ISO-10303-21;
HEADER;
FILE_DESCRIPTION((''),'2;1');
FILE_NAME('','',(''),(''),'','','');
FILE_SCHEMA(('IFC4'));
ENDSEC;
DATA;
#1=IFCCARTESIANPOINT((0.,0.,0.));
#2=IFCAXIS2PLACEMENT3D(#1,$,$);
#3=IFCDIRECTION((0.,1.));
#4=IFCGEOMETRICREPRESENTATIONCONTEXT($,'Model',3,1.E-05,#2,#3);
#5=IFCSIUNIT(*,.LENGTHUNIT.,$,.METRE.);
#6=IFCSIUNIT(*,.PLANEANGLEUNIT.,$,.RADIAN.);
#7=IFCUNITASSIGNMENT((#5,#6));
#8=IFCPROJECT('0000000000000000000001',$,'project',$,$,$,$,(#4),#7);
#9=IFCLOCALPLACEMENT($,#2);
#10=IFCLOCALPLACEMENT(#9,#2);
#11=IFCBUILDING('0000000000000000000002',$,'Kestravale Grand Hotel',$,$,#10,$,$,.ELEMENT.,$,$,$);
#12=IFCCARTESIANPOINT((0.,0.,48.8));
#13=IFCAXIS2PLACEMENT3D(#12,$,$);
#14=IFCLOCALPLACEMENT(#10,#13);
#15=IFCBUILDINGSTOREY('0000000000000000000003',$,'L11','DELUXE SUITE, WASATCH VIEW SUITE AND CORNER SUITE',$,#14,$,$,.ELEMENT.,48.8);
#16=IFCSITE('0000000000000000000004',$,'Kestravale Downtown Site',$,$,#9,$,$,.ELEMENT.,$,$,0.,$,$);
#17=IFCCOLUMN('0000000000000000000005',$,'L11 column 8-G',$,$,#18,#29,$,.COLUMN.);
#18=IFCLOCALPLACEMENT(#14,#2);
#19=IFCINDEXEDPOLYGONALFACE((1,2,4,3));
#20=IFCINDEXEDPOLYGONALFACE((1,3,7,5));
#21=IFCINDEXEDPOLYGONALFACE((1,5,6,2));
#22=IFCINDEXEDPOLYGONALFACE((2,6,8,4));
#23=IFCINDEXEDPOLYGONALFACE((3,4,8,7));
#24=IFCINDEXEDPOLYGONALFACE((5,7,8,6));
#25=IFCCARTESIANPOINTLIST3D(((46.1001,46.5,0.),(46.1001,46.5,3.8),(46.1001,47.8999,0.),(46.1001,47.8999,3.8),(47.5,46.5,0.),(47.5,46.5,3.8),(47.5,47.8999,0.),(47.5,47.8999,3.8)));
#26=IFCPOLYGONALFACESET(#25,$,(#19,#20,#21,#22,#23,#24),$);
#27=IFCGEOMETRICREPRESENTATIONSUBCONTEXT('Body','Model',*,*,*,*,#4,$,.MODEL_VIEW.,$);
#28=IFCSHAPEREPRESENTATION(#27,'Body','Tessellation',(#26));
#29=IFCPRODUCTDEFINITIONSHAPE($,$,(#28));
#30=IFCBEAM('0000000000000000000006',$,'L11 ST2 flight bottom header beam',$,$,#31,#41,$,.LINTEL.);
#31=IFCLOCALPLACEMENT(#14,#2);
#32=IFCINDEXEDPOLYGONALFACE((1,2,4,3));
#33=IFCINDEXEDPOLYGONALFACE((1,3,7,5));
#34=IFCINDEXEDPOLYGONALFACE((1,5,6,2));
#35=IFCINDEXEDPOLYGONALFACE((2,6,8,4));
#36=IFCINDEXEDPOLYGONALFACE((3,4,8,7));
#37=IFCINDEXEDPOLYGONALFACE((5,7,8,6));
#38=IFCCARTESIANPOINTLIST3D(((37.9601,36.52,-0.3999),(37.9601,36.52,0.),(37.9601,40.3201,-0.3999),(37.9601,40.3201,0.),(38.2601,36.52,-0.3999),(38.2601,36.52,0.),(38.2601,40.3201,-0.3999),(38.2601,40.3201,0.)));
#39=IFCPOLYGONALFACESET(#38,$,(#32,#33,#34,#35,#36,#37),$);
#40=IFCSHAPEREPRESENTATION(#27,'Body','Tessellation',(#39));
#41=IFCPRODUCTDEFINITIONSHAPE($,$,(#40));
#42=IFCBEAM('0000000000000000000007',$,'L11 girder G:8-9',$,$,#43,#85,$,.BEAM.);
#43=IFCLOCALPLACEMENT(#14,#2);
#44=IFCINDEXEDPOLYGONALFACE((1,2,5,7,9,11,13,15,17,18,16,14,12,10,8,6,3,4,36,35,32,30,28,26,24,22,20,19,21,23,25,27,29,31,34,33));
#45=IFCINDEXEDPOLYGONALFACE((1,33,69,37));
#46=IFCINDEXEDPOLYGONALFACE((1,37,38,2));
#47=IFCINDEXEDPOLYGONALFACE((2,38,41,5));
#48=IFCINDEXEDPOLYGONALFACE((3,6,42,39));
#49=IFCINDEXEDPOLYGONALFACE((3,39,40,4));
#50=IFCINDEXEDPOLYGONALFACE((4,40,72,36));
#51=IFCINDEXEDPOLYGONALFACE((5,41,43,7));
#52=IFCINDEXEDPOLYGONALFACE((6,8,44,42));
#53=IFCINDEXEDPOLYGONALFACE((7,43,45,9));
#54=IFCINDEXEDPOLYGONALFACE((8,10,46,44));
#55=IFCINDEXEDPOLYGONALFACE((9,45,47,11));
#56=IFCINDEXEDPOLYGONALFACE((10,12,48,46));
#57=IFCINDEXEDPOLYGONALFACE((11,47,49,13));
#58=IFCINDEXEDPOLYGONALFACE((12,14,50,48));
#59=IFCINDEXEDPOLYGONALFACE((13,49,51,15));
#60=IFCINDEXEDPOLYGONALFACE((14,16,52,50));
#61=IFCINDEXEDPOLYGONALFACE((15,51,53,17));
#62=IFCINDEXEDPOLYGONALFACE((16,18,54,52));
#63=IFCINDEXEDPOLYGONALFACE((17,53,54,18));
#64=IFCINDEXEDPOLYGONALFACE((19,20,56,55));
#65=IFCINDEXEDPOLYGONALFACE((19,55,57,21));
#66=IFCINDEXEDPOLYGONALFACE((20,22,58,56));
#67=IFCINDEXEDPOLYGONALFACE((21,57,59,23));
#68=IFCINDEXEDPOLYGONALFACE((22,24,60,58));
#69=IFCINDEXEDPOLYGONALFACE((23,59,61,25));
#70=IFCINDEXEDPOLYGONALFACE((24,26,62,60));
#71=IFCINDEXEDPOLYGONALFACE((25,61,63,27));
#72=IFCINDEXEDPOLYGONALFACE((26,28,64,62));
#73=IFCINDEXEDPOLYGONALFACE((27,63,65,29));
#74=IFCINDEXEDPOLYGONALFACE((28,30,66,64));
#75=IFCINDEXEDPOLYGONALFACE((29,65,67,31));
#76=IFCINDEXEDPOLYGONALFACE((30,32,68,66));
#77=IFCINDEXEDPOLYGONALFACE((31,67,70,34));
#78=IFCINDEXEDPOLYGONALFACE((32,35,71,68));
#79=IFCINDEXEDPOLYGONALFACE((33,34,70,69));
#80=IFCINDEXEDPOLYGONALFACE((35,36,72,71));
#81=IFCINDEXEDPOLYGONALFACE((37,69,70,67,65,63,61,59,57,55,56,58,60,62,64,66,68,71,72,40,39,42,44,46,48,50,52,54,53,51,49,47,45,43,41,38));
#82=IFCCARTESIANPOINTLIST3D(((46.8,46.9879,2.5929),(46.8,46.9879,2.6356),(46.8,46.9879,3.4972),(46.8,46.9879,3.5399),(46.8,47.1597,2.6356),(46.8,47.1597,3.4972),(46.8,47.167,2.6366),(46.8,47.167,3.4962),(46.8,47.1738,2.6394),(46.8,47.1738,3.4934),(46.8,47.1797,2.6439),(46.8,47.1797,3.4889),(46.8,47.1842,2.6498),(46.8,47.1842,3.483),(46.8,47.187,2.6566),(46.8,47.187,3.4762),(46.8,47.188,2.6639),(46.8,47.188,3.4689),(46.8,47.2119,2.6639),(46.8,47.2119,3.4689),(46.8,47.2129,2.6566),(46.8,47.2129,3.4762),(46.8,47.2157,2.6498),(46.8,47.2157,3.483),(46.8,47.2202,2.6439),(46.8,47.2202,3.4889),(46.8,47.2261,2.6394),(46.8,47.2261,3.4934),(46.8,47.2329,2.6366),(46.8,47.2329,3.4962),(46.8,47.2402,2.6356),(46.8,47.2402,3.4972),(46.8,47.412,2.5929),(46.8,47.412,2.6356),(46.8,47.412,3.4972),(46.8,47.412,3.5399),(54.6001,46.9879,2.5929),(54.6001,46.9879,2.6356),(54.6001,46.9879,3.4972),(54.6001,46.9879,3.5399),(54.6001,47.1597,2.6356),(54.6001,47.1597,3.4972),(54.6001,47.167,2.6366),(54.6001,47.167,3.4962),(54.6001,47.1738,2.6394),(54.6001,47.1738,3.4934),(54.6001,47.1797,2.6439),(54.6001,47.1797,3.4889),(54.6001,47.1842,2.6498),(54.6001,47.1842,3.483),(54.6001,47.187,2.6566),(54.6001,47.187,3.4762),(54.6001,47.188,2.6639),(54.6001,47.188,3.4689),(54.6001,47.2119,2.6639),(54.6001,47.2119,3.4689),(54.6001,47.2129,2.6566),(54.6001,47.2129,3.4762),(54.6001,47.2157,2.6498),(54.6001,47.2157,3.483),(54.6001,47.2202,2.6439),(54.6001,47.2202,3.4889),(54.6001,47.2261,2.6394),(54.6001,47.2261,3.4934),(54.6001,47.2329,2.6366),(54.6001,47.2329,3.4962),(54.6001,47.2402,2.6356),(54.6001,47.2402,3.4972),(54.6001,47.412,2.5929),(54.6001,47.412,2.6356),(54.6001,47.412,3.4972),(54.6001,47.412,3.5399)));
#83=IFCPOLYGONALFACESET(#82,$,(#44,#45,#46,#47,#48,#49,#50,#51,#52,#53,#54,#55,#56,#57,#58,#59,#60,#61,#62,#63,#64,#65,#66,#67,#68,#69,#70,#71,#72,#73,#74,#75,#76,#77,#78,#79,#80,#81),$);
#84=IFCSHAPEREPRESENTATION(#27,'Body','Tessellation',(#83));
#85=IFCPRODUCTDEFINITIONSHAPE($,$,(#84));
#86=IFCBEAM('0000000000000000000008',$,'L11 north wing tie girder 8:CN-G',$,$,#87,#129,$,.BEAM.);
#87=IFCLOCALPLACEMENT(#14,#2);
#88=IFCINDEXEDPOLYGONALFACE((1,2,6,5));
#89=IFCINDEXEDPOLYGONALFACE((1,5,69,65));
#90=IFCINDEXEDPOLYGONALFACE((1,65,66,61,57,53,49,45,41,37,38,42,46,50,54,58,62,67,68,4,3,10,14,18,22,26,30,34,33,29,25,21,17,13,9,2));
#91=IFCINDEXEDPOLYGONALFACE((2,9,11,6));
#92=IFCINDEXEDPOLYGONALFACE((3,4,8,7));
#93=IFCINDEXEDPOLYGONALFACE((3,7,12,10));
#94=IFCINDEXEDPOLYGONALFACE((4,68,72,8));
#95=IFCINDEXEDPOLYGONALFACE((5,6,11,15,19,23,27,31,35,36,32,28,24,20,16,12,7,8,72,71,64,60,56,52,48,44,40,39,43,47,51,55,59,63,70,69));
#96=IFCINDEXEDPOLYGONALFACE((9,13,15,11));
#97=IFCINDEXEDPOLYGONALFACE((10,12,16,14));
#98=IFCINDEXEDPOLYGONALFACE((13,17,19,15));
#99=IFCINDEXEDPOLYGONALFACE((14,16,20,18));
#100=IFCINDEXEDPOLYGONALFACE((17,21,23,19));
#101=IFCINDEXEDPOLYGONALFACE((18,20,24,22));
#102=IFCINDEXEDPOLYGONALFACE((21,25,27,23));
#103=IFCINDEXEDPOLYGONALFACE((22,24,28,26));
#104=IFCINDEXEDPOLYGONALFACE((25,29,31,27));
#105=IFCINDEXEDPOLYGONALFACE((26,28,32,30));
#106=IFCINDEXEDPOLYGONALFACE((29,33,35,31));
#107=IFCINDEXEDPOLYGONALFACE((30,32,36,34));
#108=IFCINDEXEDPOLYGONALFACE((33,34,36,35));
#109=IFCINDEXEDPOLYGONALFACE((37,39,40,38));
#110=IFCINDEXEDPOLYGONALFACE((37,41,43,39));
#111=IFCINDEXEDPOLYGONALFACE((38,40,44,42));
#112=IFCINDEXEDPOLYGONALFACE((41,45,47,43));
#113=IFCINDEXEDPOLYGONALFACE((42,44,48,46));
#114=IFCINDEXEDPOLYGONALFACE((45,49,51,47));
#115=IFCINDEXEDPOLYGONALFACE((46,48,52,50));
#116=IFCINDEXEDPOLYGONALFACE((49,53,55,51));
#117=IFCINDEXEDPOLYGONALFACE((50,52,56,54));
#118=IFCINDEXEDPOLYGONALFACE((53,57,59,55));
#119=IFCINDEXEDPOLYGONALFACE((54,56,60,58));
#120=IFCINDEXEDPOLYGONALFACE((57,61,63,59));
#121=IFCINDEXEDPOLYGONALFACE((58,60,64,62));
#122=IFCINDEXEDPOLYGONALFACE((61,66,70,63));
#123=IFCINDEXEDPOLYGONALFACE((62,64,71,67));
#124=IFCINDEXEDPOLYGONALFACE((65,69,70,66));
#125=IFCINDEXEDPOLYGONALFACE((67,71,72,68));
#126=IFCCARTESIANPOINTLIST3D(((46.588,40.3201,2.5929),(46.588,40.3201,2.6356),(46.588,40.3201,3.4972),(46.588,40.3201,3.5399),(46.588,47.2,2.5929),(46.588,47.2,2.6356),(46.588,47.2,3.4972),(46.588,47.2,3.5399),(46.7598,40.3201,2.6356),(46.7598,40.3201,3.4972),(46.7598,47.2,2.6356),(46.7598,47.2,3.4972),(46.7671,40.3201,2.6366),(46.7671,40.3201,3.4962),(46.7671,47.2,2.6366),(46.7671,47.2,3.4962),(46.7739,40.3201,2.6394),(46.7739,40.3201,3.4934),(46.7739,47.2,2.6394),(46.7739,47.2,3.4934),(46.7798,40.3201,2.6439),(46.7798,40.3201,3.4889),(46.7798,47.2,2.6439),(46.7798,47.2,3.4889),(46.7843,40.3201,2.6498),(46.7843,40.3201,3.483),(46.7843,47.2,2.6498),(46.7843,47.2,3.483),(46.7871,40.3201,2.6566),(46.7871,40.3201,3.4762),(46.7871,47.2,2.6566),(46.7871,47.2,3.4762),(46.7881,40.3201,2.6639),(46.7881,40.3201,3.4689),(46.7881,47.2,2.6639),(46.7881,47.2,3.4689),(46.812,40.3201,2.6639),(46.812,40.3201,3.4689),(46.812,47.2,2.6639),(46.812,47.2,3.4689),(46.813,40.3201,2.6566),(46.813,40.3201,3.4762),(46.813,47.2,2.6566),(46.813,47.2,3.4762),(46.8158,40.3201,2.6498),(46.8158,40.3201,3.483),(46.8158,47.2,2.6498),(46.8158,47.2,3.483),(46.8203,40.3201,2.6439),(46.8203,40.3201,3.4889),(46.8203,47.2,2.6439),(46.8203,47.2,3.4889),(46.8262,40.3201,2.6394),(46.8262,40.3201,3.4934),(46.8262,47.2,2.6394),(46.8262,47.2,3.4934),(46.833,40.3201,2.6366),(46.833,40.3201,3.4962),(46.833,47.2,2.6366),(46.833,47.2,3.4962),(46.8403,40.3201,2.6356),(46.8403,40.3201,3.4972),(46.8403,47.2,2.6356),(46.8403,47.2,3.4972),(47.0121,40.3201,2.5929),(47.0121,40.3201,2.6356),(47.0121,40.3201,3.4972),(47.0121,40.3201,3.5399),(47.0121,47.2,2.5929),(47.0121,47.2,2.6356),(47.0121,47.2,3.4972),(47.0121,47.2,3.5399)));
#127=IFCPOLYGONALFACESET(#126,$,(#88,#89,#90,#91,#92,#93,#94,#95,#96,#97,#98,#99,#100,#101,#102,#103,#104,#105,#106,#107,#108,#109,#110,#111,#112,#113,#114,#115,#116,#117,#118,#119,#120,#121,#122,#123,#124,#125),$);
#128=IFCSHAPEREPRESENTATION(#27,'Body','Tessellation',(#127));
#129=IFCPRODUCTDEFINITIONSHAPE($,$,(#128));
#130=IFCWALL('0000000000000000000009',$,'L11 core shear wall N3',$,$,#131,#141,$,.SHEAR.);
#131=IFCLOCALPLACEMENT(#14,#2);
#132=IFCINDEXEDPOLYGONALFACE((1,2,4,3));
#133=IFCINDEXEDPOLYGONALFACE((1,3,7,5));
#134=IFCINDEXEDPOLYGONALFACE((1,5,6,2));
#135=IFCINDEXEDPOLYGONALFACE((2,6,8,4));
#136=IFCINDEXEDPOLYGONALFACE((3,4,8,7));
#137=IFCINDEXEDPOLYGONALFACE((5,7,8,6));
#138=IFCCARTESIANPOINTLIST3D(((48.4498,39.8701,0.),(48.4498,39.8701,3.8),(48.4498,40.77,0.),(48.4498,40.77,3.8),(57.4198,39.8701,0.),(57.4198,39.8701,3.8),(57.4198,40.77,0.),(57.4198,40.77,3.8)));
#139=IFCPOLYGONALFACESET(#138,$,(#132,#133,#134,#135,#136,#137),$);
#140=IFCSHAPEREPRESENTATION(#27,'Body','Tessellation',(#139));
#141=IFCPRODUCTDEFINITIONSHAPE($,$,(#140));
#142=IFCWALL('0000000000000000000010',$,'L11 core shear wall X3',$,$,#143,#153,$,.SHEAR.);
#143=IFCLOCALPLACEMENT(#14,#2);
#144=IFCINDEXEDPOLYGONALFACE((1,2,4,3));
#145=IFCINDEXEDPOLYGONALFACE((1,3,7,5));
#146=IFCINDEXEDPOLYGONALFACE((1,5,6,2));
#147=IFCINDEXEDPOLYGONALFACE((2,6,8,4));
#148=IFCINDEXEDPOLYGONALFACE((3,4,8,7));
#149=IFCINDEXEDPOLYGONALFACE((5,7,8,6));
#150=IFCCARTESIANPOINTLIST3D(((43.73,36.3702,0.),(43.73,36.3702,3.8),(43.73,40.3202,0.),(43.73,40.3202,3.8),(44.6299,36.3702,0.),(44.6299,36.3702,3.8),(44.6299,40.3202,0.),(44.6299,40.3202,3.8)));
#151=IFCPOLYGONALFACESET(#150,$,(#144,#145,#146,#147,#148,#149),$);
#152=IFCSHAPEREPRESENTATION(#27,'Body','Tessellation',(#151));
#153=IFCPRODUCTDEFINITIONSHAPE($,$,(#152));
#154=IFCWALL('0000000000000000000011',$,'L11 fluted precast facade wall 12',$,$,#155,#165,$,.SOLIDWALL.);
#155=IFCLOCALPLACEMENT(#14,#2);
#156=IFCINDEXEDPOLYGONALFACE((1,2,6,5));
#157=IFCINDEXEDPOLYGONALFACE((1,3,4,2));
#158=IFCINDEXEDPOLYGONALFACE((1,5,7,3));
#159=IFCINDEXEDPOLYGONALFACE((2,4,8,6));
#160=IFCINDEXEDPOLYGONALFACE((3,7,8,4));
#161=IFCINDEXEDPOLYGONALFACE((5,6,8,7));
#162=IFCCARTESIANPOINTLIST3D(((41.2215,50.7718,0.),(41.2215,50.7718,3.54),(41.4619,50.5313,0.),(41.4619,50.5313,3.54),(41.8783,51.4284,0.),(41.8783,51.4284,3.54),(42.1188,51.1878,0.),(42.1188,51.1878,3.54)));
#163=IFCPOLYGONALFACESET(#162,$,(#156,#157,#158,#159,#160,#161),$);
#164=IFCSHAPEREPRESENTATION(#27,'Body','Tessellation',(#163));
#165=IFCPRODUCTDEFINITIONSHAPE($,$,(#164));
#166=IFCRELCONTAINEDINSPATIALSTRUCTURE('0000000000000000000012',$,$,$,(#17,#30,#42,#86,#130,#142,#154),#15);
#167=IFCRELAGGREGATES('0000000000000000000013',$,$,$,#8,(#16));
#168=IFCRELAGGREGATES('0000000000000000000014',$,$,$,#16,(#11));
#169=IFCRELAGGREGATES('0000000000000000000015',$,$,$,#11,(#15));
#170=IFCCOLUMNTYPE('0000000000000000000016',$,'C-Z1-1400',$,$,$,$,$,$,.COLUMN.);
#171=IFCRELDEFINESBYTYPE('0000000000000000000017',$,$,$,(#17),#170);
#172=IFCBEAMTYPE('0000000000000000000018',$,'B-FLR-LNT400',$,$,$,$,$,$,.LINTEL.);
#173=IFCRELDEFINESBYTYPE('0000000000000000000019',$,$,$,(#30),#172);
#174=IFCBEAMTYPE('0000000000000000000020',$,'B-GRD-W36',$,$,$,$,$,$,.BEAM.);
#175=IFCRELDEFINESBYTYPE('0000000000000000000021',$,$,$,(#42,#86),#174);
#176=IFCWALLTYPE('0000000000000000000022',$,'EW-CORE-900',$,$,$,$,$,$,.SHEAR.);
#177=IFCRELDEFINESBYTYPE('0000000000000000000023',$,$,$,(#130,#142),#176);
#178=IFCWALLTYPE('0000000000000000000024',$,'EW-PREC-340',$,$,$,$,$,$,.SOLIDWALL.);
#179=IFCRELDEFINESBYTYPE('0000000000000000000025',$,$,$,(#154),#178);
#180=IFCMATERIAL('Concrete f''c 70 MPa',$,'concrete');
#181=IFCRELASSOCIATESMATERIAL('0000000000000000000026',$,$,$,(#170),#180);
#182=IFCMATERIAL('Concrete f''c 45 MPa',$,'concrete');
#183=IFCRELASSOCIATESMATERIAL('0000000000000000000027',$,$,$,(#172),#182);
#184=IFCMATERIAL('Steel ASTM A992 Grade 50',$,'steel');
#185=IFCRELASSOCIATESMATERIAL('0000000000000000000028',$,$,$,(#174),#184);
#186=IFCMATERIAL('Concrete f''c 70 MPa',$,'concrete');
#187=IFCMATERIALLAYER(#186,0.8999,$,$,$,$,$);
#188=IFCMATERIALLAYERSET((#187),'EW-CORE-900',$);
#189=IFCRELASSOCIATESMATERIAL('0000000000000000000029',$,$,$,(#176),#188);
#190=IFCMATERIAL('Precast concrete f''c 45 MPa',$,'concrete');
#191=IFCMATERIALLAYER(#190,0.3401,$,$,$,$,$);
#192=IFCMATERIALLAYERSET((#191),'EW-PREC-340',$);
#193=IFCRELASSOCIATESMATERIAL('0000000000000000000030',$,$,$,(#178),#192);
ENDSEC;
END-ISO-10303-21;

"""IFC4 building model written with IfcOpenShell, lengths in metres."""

from ifc_helpers import new_model, si_unit, direction, frame, frame_2d, origin, origin_2d, place, context, subcontext, project, spatial, rectangle, i_section, extrude, material, layer, layer_set, material_profile, profile_set, type_object, element, save


model = new_model("IFC4")

# Units and contexts
model_context = context("Model", 3, precision=1e-05, world=origin(), true_north=direction((0.0, 1.0)))
body_context = subcontext(model_context, "Body", "Model", "MODEL_VIEW")
ifc_project = project(units=[si_unit("LENGTHUNIT", "METRE"), si_unit("PLANEANGLEUNIT", "RADIAN")], contexts=[model_context])

# Site, building, storey
site_placement = place(None, origin())
site = spatial("IfcSite", under=ifc_project, at=site_placement, Name="Kestravale Downtown Site", CompositionType="ELEMENT", RefElevation=0.0)
building_placement = place(site_placement, origin())
building = spatial("IfcBuilding", under=site, at=building_placement, Name="Kestravale Grand Hotel", CompositionType="ELEMENT")
storey_placement = place(building_placement, frame((0.0, 0.0, 48.8)))
storey = spatial("IfcBuildingStorey", under=building, at=storey_placement, Name="L11", Description="DELUXE SUITE, WASATCH VIEW SUITE AND CORNER SUITE", CompositionType="ELEMENT", Elevation=48.8)

# Column
ifc_material_1 = material(Name="Concrete f'c 70 MPa", Category="concrete")
ifc_material_profile_1 = material_profile(ifc_material_1, rectangle(XDim=1.3999, YDim=1.3999, at=origin_2d()))
ifc_profile_set_1 = profile_set([ifc_material_profile_1], Name="Concrete f'c 70 MPa")
column_type = type_object("IfcColumnType", Name="C-Z1-1400", PredefinedType="COLUMN", material=ifc_profile_set_1)
column_placement = place(storey_placement, frame((46.8, 47.2, 0.0), z_axis=(0.0, 0.0, 1.0), x_axis=(1.0, 0.0, 0.0)))
element("IfcColumn", 1, at=column_placement, inside=storey, type_object=column_type, Name="L11 column 8-G", PredefinedType="COLUMN", context=body_context, shape_type="SweptSolid", body=[
    extrude(rectangle(XDim=1.3999, YDim=1.3999, at=origin_2d()), origin(), (0.0, 0.0, 1.0), 3.8),
])

# Beams
ifc_material_2 = material(Name="Concrete f'c 45 MPa", Category="concrete")
ifc_material_profile_2 = material_profile(ifc_material_2, rectangle(XDim=0.3, YDim=0.3999, at=origin_2d()))
ifc_profile_set_2 = profile_set([ifc_material_profile_2], Name="Concrete f'c 45 MPa")
beam_type_1 = type_object("IfcBeamType", Name="B-FLR-LNT400", PredefinedType="LINTEL", material=ifc_profile_set_2)
beam_1_placement = place(storey_placement, frame((38.1101, 36.52, -0.2), z_axis=(0.0, 1.0, 0.0), x_axis=(-1.0, 0.0, 0.0)))
element("IfcBeam", 2, at=beam_1_placement, inside=storey, type_object=beam_type_1, Name="L11 ST2 flight bottom header beam", PredefinedType="LINTEL", context=body_context, shape_type="SweptSolid", body=[
    extrude(rectangle(XDim=0.3, YDim=0.3999, at=origin_2d()), origin(), (0.0, 0.0, 1.0), 3.8),
])
ifc_material_3 = material(Name="Steel ASTM A992 Grade 50", Category="steel")
ifc_material_profile_3 = material_profile(ifc_material_3, i_section(OverallWidth=0.4241, OverallDepth=0.947, WebThickness=0.0239, FlangeThickness=0.0427, FilletRadius=0.0283, at=origin_2d()))
ifc_profile_set_3 = profile_set([ifc_material_profile_3], Name="Steel ASTM A992 Grade 50")
beam_type_2 = type_object("IfcBeamType", Name="B-GRD-W36", PredefinedType="BEAM", material=ifc_profile_set_3)
beam_2_placement = place(storey_placement, frame((46.8, 47.2, 3.0664), z_axis=(1.0, 0.0, 0.0), x_axis=(0.0, 1.0, 0.0)))
element("IfcBeam", 3, at=beam_2_placement, inside=storey, type_object=beam_type_2, Name="L11 girder G:8-9", PredefinedType="BEAM", context=body_context, shape_type="SweptSolid", body=[
    extrude(i_section(OverallWidth=0.4241, OverallDepth=0.947, WebThickness=0.0239, FlangeThickness=0.0427, FilletRadius=0.0283, at=origin_2d()), origin(), (0.0, 0.0, 1.0), 7.8),
])
beam_3_placement = place(storey_placement, frame((46.8, 40.3201, 3.0664), z_axis=(0.0, 1.0, 0.0), x_axis=(-1.0, 0.0, 0.0)))
element("IfcBeam", 4, at=beam_3_placement, inside=storey, type_object=beam_type_2, Name="L11 north wing tie girder 8:CN-G", PredefinedType="BEAM", context=body_context, shape_type="SweptSolid", body=[
    extrude(i_section(OverallWidth=0.4241, OverallDepth=0.947, WebThickness=0.0239, FlangeThickness=0.0427, FilletRadius=0.0283, at=origin_2d()), origin(), (0.0, 0.0, 1.0), 6.8799),
])

# Walls
ifc_material_4 = material(Name="Concrete f'c 70 MPa", Category="concrete")
ifc_layer_1 = layer(ifc_material_4, 0.8999)
ifc_layer_set_1 = layer_set([ifc_layer_1], Name="EW-CORE-900")
wall_type_1 = type_object("IfcWallType", Name="EW-CORE-900", PredefinedType="SHEAR", material=ifc_layer_set_1)
wall_1_placement = place(storey_placement, frame((48.45, 40.3201, 0.0), z_axis=(0.0, 0.0, 1.0), x_axis=(1.0, 0.0, 0.0)))
element("IfcWall", 5, at=wall_1_placement, inside=storey, type_object=wall_type_1, Name="L11 core shear wall N3", PredefinedType="SHEAR", context=body_context, shape_type="SweptSolid", body=[
    extrude(rectangle(XDim=8.97, YDim=0.8999, at=frame_2d((4.4849, 0.0))), origin(), (0.0, 0.0, 1.0), 3.8),
])
wall_2_placement = place(storey_placement, frame((44.1799, 36.3701, 0.0), z_axis=(0.0, 0.0, 1.0), x_axis=(0.0, 1.0, 0.0)))
element("IfcWall", 6, at=wall_2_placement, inside=storey, type_object=wall_type_1, Name="L11 core shear wall X3", PredefinedType="SHEAR", context=body_context, shape_type="SweptSolid", body=[
    extrude(rectangle(XDim=3.95, YDim=0.8999, at=frame_2d((1.9751, 0.0))), origin(), (0.0, 0.0, 1.0), 3.8),
])
ifc_material_5 = material(Name="Precast concrete f'c 45 MPa", Category="concrete")
ifc_layer_2 = layer(ifc_material_5, 0.3401)
ifc_layer_set_2 = layer_set([ifc_layer_2], Name="EW-PREC-340")
wall_type_2 = type_object("IfcWallType", Name="EW-PREC-340", PredefinedType="SOLIDWALL", material=ifc_layer_set_2)
wall_3_placement = place(storey_placement, frame((41.9985, 51.3081, 0.0), z_axis=(0.0, 0.0, 1.0), x_axis=(-0.707238, -0.706975, 0.0)))
element("IfcWall", 7, at=wall_3_placement, inside=storey, type_object=wall_type_2, Name="L11 fluted precast facade wall 12", PredefinedType="SOLIDWALL", context=body_context, shape_type="SweptSolid", body=[
    extrude(rectangle(XDim=0.9287, YDim=0.3401, at=frame_2d((0.4644, 0.0))), origin(), (0.0, 0.0, 1.0), 3.54),
])

save(model, "model.ifc")
